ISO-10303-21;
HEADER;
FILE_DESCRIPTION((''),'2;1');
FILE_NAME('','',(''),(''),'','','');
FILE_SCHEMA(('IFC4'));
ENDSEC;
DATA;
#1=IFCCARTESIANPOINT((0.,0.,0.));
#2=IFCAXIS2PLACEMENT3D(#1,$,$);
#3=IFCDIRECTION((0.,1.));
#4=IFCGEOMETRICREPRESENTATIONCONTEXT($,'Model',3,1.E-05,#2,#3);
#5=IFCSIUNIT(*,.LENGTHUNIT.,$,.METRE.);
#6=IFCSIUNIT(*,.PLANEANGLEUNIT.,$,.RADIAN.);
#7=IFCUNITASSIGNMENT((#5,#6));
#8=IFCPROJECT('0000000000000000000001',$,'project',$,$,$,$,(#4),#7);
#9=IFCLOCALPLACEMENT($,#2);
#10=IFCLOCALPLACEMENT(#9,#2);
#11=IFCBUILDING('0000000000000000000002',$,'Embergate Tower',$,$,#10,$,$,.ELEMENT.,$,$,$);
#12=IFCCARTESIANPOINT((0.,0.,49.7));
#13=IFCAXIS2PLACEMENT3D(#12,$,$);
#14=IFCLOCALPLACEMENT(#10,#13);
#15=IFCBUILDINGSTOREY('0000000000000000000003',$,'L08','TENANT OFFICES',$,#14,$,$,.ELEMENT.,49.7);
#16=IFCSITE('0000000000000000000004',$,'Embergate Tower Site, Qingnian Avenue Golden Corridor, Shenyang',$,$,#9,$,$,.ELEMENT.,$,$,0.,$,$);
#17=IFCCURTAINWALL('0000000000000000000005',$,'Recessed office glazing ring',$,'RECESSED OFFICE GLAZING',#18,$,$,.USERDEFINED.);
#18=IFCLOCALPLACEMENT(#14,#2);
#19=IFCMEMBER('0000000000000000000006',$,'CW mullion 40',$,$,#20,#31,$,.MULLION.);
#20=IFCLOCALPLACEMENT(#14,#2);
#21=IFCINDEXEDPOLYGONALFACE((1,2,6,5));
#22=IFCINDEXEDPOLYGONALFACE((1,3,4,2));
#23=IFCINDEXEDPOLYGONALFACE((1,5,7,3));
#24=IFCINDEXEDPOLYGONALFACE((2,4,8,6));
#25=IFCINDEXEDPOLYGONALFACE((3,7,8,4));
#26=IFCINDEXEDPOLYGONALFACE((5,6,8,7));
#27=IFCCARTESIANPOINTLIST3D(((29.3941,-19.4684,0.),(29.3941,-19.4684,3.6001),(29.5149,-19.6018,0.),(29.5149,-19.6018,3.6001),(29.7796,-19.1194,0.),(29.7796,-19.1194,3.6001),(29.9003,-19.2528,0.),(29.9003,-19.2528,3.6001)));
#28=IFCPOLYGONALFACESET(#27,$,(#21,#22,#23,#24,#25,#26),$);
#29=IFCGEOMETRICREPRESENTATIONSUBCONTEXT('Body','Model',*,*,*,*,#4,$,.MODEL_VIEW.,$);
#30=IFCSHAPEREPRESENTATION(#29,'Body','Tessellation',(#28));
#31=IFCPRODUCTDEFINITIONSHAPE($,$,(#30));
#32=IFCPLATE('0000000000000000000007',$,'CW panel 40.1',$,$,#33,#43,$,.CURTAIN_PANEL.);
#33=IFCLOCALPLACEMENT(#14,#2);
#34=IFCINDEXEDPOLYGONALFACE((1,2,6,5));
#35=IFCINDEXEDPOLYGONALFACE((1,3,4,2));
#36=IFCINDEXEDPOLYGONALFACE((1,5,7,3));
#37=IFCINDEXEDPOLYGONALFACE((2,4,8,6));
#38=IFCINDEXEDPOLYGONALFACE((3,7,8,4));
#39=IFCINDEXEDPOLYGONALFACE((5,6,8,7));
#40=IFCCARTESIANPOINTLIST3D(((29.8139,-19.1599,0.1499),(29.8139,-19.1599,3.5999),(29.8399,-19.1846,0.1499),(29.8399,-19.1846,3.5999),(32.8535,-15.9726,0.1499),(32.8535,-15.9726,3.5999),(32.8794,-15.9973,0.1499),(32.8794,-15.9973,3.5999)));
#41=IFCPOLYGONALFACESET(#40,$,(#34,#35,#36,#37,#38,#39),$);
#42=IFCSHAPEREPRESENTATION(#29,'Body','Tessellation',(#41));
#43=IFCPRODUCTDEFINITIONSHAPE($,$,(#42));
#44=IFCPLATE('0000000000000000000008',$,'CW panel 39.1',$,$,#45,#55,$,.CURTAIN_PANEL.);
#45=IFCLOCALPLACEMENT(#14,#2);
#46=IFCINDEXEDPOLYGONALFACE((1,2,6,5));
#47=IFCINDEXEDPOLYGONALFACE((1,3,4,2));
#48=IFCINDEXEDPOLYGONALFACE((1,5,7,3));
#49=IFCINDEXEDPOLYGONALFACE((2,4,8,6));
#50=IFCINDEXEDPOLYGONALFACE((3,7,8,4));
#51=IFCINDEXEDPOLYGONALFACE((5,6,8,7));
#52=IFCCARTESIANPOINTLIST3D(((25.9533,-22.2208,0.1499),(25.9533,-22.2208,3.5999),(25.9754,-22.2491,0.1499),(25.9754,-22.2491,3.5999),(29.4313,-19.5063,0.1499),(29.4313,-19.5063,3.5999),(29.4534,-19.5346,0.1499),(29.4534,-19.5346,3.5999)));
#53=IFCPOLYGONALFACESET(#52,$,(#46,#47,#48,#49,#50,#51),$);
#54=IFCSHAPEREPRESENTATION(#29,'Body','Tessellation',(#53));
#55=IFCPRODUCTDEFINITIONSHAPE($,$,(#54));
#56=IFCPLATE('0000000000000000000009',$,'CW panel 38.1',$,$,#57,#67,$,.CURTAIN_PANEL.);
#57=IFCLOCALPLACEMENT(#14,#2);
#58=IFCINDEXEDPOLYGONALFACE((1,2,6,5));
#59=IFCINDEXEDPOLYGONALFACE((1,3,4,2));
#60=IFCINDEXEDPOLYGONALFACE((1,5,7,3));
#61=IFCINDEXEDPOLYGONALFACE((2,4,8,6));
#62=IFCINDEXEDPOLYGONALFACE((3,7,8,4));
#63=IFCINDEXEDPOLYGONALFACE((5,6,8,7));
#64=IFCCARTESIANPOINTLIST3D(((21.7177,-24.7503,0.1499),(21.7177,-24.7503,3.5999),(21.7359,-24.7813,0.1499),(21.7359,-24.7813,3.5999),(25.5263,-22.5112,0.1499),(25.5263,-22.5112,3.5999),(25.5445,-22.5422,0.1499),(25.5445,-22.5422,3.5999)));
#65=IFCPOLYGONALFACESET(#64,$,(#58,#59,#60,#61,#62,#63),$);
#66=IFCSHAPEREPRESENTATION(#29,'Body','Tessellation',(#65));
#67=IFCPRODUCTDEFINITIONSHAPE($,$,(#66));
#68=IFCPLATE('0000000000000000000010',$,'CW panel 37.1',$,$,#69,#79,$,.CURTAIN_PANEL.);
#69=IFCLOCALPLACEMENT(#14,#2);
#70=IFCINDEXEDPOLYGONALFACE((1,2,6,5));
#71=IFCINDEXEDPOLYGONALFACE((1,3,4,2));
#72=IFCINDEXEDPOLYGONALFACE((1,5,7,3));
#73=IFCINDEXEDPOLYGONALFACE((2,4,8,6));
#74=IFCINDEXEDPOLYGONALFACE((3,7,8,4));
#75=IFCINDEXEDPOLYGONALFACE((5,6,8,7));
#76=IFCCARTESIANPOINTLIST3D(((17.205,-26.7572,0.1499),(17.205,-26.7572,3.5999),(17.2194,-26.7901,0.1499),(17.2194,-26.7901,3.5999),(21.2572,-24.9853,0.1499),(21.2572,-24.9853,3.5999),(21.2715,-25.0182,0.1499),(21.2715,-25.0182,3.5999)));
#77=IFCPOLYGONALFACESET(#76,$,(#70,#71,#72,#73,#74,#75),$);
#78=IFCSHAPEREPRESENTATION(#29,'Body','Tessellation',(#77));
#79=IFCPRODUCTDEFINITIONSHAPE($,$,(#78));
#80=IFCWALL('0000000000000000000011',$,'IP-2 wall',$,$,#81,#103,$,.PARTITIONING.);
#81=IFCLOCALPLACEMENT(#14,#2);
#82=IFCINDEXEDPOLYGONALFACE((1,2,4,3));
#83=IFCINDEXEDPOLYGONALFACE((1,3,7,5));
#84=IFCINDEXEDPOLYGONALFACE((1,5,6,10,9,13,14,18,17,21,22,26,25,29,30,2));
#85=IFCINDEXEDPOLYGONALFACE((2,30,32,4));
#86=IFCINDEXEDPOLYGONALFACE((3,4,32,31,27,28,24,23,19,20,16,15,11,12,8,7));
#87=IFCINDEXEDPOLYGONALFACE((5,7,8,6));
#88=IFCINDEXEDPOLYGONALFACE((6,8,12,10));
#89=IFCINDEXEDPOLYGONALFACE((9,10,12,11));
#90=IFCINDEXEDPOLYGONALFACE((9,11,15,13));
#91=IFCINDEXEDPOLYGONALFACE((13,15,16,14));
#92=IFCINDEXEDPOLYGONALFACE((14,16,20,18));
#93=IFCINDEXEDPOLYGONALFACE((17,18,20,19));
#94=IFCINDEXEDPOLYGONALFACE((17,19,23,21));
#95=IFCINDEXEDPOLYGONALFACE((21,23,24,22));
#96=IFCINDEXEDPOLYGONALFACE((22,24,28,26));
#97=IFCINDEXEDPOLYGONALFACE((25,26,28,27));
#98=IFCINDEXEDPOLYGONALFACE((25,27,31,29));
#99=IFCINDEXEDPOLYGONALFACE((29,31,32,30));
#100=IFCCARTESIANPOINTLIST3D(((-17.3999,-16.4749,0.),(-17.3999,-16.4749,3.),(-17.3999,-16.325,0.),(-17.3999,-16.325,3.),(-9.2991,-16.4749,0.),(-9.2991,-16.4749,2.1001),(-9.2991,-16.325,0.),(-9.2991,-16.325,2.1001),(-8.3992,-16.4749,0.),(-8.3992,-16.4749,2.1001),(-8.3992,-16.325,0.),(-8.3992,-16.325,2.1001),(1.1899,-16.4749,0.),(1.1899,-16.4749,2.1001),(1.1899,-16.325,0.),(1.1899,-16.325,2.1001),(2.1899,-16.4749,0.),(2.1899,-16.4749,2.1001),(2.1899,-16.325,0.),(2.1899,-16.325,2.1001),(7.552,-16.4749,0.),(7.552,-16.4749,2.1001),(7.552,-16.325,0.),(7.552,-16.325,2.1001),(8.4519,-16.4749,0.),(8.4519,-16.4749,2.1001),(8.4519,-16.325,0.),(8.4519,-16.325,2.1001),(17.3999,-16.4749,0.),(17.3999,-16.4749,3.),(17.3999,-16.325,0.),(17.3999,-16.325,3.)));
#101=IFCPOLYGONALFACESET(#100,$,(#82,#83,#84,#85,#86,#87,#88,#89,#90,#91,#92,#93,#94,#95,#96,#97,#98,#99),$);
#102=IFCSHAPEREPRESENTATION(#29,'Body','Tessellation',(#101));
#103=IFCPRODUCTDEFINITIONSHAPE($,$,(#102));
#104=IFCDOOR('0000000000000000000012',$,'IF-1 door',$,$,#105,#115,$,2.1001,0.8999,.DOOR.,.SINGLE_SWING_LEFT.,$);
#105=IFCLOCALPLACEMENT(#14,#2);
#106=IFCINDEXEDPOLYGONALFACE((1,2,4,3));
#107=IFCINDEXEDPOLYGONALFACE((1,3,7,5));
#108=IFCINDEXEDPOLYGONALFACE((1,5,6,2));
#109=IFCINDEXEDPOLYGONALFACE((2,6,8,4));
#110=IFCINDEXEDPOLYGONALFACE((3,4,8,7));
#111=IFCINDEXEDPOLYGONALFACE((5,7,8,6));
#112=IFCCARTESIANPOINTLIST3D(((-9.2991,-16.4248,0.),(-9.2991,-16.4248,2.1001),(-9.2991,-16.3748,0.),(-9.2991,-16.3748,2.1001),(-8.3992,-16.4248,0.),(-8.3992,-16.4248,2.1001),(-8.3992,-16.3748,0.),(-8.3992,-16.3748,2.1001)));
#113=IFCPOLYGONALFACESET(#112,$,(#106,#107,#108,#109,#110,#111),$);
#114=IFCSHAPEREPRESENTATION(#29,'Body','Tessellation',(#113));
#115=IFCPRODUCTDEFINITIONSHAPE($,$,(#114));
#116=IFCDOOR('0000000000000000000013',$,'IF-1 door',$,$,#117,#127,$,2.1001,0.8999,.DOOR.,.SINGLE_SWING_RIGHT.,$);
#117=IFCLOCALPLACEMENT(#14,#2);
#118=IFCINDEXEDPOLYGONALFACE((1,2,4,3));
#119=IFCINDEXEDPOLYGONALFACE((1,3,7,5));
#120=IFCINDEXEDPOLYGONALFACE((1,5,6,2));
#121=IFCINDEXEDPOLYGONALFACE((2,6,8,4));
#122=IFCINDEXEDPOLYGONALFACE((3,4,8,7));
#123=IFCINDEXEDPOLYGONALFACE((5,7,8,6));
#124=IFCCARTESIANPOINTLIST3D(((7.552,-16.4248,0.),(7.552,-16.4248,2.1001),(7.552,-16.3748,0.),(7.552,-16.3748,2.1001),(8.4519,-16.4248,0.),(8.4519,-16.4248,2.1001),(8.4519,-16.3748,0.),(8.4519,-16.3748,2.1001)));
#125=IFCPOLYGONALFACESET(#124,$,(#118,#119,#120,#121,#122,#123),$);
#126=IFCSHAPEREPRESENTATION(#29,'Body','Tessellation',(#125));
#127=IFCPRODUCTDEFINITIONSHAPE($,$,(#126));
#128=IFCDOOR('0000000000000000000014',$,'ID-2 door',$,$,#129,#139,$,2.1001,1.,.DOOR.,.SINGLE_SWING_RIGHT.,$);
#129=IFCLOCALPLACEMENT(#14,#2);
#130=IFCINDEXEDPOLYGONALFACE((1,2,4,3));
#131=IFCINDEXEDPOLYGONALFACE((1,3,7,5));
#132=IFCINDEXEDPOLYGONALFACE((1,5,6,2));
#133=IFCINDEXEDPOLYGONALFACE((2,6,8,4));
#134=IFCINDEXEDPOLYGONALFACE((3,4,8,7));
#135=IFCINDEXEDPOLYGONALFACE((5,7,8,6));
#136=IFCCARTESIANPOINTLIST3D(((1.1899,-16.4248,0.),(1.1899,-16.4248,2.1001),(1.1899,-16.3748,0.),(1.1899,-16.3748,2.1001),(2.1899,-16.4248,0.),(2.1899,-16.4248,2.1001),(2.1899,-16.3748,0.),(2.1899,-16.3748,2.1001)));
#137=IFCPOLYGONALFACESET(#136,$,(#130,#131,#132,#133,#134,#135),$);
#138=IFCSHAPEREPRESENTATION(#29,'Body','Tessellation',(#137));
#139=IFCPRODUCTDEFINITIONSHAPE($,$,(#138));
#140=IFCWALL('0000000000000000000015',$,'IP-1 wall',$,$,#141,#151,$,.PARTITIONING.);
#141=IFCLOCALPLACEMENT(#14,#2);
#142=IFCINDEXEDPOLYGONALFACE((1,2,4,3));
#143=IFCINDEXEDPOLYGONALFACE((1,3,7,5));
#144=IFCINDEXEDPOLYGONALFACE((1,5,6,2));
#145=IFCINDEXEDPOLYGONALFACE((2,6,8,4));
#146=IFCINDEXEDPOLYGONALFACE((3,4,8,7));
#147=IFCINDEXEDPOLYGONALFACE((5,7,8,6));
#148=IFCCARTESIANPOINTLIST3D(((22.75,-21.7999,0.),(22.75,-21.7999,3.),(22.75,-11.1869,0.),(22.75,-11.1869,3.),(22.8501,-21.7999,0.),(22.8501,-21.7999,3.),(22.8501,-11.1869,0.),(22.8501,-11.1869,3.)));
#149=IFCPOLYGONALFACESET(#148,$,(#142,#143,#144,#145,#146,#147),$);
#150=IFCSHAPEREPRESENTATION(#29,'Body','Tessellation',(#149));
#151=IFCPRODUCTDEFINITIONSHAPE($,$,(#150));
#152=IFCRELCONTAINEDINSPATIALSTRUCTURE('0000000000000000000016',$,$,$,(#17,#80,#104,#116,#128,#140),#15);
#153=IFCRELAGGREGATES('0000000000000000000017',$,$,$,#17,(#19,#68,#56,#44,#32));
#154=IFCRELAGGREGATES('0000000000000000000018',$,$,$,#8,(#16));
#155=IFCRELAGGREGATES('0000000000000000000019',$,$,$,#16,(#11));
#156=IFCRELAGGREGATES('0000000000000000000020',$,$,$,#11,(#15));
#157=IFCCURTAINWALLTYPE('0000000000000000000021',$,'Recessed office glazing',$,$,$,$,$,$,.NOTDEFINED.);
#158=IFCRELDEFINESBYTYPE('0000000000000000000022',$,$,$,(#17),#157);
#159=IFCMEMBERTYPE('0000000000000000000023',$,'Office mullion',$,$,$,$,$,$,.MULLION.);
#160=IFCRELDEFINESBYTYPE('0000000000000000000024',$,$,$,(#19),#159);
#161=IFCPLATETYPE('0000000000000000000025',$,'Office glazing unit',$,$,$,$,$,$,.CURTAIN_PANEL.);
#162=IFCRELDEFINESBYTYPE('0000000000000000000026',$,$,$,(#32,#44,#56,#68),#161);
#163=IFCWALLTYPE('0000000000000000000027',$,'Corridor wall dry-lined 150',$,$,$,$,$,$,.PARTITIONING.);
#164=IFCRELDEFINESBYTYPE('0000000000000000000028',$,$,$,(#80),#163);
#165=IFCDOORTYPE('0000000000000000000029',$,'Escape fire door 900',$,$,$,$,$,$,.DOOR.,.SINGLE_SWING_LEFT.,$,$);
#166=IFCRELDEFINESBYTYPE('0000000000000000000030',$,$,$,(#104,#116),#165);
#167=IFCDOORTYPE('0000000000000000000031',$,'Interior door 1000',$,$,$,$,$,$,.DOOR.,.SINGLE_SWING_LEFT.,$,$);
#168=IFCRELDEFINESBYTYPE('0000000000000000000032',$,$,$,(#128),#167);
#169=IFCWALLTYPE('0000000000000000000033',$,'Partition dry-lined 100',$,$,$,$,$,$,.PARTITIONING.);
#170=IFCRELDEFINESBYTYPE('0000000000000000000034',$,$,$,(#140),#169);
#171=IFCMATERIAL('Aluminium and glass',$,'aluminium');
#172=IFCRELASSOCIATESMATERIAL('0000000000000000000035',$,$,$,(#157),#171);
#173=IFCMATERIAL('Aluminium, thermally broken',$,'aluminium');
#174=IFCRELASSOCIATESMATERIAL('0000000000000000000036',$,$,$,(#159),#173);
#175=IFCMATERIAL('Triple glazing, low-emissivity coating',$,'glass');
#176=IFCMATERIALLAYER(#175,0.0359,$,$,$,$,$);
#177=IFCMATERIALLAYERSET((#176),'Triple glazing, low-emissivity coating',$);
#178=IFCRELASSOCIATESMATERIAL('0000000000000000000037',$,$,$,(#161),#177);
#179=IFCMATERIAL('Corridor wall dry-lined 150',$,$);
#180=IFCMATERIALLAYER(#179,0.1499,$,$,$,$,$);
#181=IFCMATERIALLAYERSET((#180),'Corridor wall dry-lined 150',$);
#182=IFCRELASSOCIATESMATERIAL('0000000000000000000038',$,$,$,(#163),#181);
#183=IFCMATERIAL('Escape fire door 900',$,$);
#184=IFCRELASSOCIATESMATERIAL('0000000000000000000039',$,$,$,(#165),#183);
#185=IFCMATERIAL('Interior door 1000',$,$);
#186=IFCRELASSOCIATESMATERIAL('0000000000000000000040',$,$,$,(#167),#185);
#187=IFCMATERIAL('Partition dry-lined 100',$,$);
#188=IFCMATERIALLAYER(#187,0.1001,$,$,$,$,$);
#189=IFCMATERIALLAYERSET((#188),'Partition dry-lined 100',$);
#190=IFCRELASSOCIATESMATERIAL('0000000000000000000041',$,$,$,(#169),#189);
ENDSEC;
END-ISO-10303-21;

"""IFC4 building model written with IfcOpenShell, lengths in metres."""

from ifc_helpers import new_model, si_unit, direction, frame, frame_2d, origin, origin_2d, place, context, subcontext, project, spatial, rectangle, extrude, source, transform, mapped, material, layer, layer_set, material_profile, profile_set, type_object, element, fill, aggregate, save


model = new_model("IFC4")

# Units and contexts
model_context = context("Model", 3, precision=1e-05, world=origin(), true_north=direction((0.0, 1.0)))
body_context = subcontext(model_context, "Body", "Model", "MODEL_VIEW")
ifc_project = project(units=[si_unit("LENGTHUNIT", "METRE"), si_unit("PLANEANGLEUNIT", "RADIAN")], contexts=[model_context])

# Site, building, storey
site_placement = place(None, origin())
site = spatial("IfcSite", under=ifc_project, at=site_placement, Name="Embergate Tower Site, Qingnian Avenue Golden Corridor, Shenyang", CompositionType="ELEMENT", RefElevation=0.0)
building_placement = place(site_placement, origin())
building = spatial("IfcBuilding", under=site, at=building_placement, Name="Embergate Tower", CompositionType="ELEMENT")
storey_placement = place(building_placement, frame((0.0, 0.0, 49.7)))
storey = spatial("IfcBuildingStorey", under=building, at=storey_placement, Name="L08", Description="TENANT OFFICES", CompositionType="ELEMENT", Elevation=49.7)

# Curtain wall, member, plates
ifc_material_1 = material(Name="Aluminium and glass", Category="aluminium")
curtain_wall_type = type_object("IfcCurtainWallType", Name="Recessed office glazing", PredefinedType="NOTDEFINED", material=ifc_material_1)
curtain_wall_placement = place(storey_placement, origin())
curtain_wall = element("IfcCurtainWall", 1, at=curtain_wall_placement, inside=storey, type_object=curtain_wall_type, Name="Recessed office glazing ring", ObjectType="RECESSED OFFICE GLAZING", PredefinedType="USERDEFINED")
ifc_material_2 = material(Name="Aluminium, thermally broken", Category="aluminium")
ifc_material_profile_1 = material_profile(ifc_material_2, rectangle(XDim=0.1799, YDim=0.52, at=origin_2d()), Name="AL 520x180")
ifc_profile_set_1 = profile_set([ifc_material_profile_1], Name="Aluminium, thermally broken")
member_type_1 = type_object("IfcMemberType", Name="Office mullion", PredefinedType="MULLION", material=ifc_profile_set_1)
shared_shape_1 = source(origin(), body_context, "Body", "SweptSolid", [
    extrude(rectangle(XDim=0.1799, YDim=0.52, at=origin_2d()), origin(), (0.0, 0.0, 1.0), 3.6001),
])
member_1_placement = place(storey_placement, frame((29.6472, -19.3606, 0.0), z_axis=(0.0, 0.0, 1.0), x_axis=(-0.671229, 0.74125, 0.0)))
member_1 = element("IfcMember", 2, at=member_1_placement, type_object=member_type_1, Name="CW mullion 40", PredefinedType="MULLION", context=body_context, shape_type="MappedRepresentation", body=[
    mapped(shared_shape_1, transform((0.0, 0.0, 0.0))),
])
ifc_material_3 = material(Name="Triple glazing, low-emissivity coating", Category="glass")
ifc_layer_1 = layer(ifc_material_3, 0.0359)
ifc_layer_set_1 = layer_set([ifc_layer_1], Name="Triple glazing, low-emissivity coating")
plate_type = type_object("IfcPlateType", Name="Office glazing unit", PredefinedType="CURTAIN_PANEL", material=ifc_layer_set_1)
shared_shape_2 = source(origin(), body_context, "Body", "SweptSolid", [
    extrude(rectangle(XDim=4.4043, YDim=0.0359, at=origin_2d()), origin(), (0.0, 0.0, 1.0), 3.45),
])
plate_1_placement = place(storey_placement, frame((31.3467, -17.5786, 0.1499), z_axis=(0.0, 0.0, 1.0), x_axis=(0.690135, 0.723681, 0.0)))
plate_1 = element("IfcPlate", 3, at=plate_1_placement, type_object=plate_type, Name="CW panel 40.1", PredefinedType="CURTAIN_PANEL", context=body_context, shape_type="MappedRepresentation", body=[
    mapped(shared_shape_2, transform((0.0, 0.0, 0.0))),
])
shared_shape_3 = source(origin(), body_context, "Body", "SweptSolid", [
    extrude(rectangle(XDim=4.4119, YDim=0.0359, at=origin_2d()), origin(), (0.0, 0.0, 1.0), 3.45),
])
plate_2_placement = place(storey_placement, frame((27.7034, -20.8777, 0.1499), z_axis=(0.0, 0.0, 1.0), x_axis=(0.78832, 0.615265, 0.0)))
plate_2 = element("IfcPlate", 4, at=plate_2_placement, type_object=plate_type, Name="CW panel 39.1", PredefinedType="CURTAIN_PANEL", context=body_context, shape_type="MappedRepresentation", body=[
    mapped(shared_shape_3, transform((0.0, 0.0, 0.0))),
])
shared_shape_4 = source(origin(), body_context, "Body", "SweptSolid", [
    extrude(rectangle(XDim=4.418, YDim=0.0359, at=origin_2d()), origin(), (0.0, 0.0, 1.0), 3.45),
])
plate_3_placement = place(storey_placement, frame((23.6311, -23.6462, 0.1499), z_axis=(0.0, 0.0, 1.0), x_axis=(0.862053, 0.506818, 0.0)))
plate_3 = element("IfcPlate", 5, at=plate_3_placement, type_object=plate_type, Name="CW panel 38.1", PredefinedType="CURTAIN_PANEL", context=body_context, shape_type="MappedRepresentation", body=[
    mapped(shared_shape_4, transform((0.0, 0.0, 0.0))),
])
shared_shape_5 = source(origin(), body_context, "Body", "SweptSolid", [
    extrude(rectangle(XDim=4.4226, YDim=0.0359, at=origin_2d()), origin(), (0.0, 0.0, 1.0), 3.45),
])
plate_4_placement = place(storey_placement, frame((19.2383, -25.8877, 0.1499), z_axis=(0.0, 0.0, 1.0), x_axis=(0.916236, 0.400638, 0.0)))
plate_4 = element("IfcPlate", 6, at=plate_4_placement, type_object=plate_type, Name="CW panel 37.1", PredefinedType="CURTAIN_PANEL", context=body_context, shape_type="MappedRepresentation", body=[
    mapped(shared_shape_5, transform((0.0, 0.0, 0.0))),
])
aggregate(curtain_wall, [member_1, plate_4, plate_3, plate_2, plate_1])

# Wall, openings, doors
ifc_material_4 = material(Name="Corridor wall dry-lined 150")
ifc_layer_2 = layer(ifc_material_4, 0.1499)
ifc_layer_set_2 = layer_set([ifc_layer_2], Name="Corridor wall dry-lined 150")
wall_type_1 = type_object("IfcWallType", Name="Corridor wall dry-lined 150", PredefinedType="PARTITIONING", material=ifc_layer_set_2)
shared_shape_6 = source(origin(), body_context, "Body", "SweptSolid", [
    extrude(rectangle(XDim=34.7998, YDim=0.1499, at=frame_2d((17.3999, 0.0))), origin(), (0.0, 0.0, 1.0), 3.0),
])
wall_1_placement = place(storey_placement, frame((17.3999, -16.3999, 0.0), z_axis=(0.0, 0.0, 1.0), x_axis=(-1.0, 0.0, 0.0)))
wall_1 = element("IfcWall", 7, at=wall_1_placement, inside=storey, type_object=wall_type_1, Name="IP-2 wall", PredefinedType="PARTITIONING", context=body_context, shape_type="MappedRepresentation", body=[
    mapped(shared_shape_6, transform((0.0, 0.0, 0.0))),
])
shared_shape_7 = source(origin(), body_context, "Body", "SweptSolid", [
    extrude(rectangle(XDim=0.8999, YDim=2.1001, at=frame_2d((0.45, 1.05))), frame((0.0, 0.085, 0.0), z_axis=(0.0, -1.0, 0.0), x_axis=(1.0, 0.0, 0.0)), (0.0, 0.0, 1.0), 0.1699),
])
opening_1_placement = place(wall_1_placement, frame((25.7991, 0.0, 0.0)))
opening_1 = element("IfcOpeningElement", 8, at=opening_1_placement, cuts=wall_1, PredefinedType="OPENING", context=body_context, shape_type="MappedRepresentation", body=[
    mapped(shared_shape_7, transform((0.0, 0.0, 0.0))),
])
shared_shape_8 = source(origin(), body_context, "Body", "SweptSolid", [
    extrude(rectangle(XDim=1.0, YDim=2.1001, at=frame_2d((0.5, 1.05))), frame((0.0, 0.085, 0.0), z_axis=(0.0, -1.0, 0.0), x_axis=(1.0, 0.0, 0.0)), (0.0, 0.0, 1.0), 0.1699),
])
opening_2_placement = place(wall_1_placement, frame((15.21, 0.0, 0.0)))
opening_2 = element("IfcOpeningElement", 9, at=opening_2_placement, cuts=wall_1, PredefinedType="OPENING", context=body_context, shape_type="MappedRepresentation", body=[
    mapped(shared_shape_8, transform((0.0, 0.0, 0.0))),
])
opening_3_placement = place(wall_1_placement, frame((8.948, 0.0, 0.0)))
opening_3 = element("IfcOpeningElement", 10, at=opening_3_placement, cuts=wall_1, PredefinedType="OPENING", context=body_context, shape_type="MappedRepresentation", body=[
    mapped(shared_shape_7, transform((0.0, 0.0, 0.0))),
])
ifc_material_5 = material(Name="Escape fire door 900")
door_type_1 = type_object("IfcDoorType", Name="Escape fire door 900", OperationType="SINGLE_SWING_LEFT", PredefinedType="DOOR", material=ifc_material_5)
shared_shape_9 = source(origin(), body_context, "Body", "SweptSolid", [
    extrude(rectangle(XDim=0.8999, YDim=2.1001, at=frame_2d((0.45, 1.05))), frame((0.0, 0.0249, 0.0), z_axis=(0.0, -1.0, 0.0), x_axis=(1.0, 0.0, 0.0)), (0.0, 0.0, 1.0), 0.05),
])
door_1_placement = place(opening_1_placement, origin())
door_1 = element("IfcDoor", 11, at=door_1_placement, inside=storey, type_object=door_type_1, Name="IF-1 door", OperationType="SINGLE_SWING_LEFT", OverallHeight=2.1001, OverallWidth=0.8999, PredefinedType="DOOR", context=body_context, shape_type="MappedRepresentation", body=[
    mapped(shared_shape_9, transform((0.0, 0.0, 0.0))),
])
fill(opening_1, door_1)
door_2_placement = place(opening_3_placement, origin())
door_2 = element("IfcDoor", 12, at=door_2_placement, inside=storey, type_object=door_type_1, Name="IF-1 door", OperationType="SINGLE_SWING_RIGHT", OverallHeight=2.1001, OverallWidth=0.8999, PredefinedType="DOOR", context=body_context, shape_type="MappedRepresentation", body=[
    mapped(shared_shape_9, transform((0.0, 0.0, 0.0))),
])
fill(opening_3, door_2)
ifc_material_6 = material(Name="Interior door 1000")
door_type_2 = type_object("IfcDoorType", Name="Interior door 1000", OperationType="SINGLE_SWING_LEFT", PredefinedType="DOOR", material=ifc_material_6)
shared_shape_10 = source(origin(), body_context, "Body", "SweptSolid", [
    extrude(rectangle(XDim=1.0, YDim=2.1001, at=frame_2d((0.5, 1.05))), frame((0.0, 0.0249, 0.0), z_axis=(0.0, -1.0, 0.0), x_axis=(1.0, 0.0, 0.0)), (0.0, 0.0, 1.0), 0.05),
])
door_3_placement = place(opening_2_placement, origin())
door_3 = element("IfcDoor", 13, at=door_3_placement, inside=storey, type_object=door_type_2, Name="ID-2 door", OperationType="SINGLE_SWING_RIGHT", OverallHeight=2.1001, OverallWidth=1.0, PredefinedType="DOOR", context=body_context, shape_type="MappedRepresentation", body=[
    mapped(shared_shape_10, transform((0.0, 0.0, 0.0))),
])
fill(opening_2, door_3)

# Wall
ifc_material_7 = material(Name="Partition dry-lined 100")
ifc_layer_3 = layer(ifc_material_7, 0.1001)
ifc_layer_set_3 = layer_set([ifc_layer_3], Name="Partition dry-lined 100")
wall_type_2 = type_object("IfcWallType", Name="Partition dry-lined 100", PredefinedType="PARTITIONING", material=ifc_layer_set_3)
shared_shape_11 = source(origin(), body_context, "Body", "SweptSolid", [
    extrude(rectangle(XDim=10.613, YDim=0.1001, at=frame_2d((5.3066, 0.0))), origin(), (0.0, 0.0, 1.0), 3.0),
])
wall_2_placement = place(storey_placement, frame((22.8, -21.8, 0.0), z_axis=(0.0, 0.0, 1.0), x_axis=(0.0, 1.0, 0.0)))
element("IfcWall", 14, at=wall_2_placement, inside=storey, type_object=wall_type_2, Name="IP-1 wall", PredefinedType="PARTITIONING", context=body_context, shape_type="MappedRepresentation", body=[
    mapped(shared_shape_11, transform((0.0, 0.0, 0.0))),
])

save(model, "model.ifc")
